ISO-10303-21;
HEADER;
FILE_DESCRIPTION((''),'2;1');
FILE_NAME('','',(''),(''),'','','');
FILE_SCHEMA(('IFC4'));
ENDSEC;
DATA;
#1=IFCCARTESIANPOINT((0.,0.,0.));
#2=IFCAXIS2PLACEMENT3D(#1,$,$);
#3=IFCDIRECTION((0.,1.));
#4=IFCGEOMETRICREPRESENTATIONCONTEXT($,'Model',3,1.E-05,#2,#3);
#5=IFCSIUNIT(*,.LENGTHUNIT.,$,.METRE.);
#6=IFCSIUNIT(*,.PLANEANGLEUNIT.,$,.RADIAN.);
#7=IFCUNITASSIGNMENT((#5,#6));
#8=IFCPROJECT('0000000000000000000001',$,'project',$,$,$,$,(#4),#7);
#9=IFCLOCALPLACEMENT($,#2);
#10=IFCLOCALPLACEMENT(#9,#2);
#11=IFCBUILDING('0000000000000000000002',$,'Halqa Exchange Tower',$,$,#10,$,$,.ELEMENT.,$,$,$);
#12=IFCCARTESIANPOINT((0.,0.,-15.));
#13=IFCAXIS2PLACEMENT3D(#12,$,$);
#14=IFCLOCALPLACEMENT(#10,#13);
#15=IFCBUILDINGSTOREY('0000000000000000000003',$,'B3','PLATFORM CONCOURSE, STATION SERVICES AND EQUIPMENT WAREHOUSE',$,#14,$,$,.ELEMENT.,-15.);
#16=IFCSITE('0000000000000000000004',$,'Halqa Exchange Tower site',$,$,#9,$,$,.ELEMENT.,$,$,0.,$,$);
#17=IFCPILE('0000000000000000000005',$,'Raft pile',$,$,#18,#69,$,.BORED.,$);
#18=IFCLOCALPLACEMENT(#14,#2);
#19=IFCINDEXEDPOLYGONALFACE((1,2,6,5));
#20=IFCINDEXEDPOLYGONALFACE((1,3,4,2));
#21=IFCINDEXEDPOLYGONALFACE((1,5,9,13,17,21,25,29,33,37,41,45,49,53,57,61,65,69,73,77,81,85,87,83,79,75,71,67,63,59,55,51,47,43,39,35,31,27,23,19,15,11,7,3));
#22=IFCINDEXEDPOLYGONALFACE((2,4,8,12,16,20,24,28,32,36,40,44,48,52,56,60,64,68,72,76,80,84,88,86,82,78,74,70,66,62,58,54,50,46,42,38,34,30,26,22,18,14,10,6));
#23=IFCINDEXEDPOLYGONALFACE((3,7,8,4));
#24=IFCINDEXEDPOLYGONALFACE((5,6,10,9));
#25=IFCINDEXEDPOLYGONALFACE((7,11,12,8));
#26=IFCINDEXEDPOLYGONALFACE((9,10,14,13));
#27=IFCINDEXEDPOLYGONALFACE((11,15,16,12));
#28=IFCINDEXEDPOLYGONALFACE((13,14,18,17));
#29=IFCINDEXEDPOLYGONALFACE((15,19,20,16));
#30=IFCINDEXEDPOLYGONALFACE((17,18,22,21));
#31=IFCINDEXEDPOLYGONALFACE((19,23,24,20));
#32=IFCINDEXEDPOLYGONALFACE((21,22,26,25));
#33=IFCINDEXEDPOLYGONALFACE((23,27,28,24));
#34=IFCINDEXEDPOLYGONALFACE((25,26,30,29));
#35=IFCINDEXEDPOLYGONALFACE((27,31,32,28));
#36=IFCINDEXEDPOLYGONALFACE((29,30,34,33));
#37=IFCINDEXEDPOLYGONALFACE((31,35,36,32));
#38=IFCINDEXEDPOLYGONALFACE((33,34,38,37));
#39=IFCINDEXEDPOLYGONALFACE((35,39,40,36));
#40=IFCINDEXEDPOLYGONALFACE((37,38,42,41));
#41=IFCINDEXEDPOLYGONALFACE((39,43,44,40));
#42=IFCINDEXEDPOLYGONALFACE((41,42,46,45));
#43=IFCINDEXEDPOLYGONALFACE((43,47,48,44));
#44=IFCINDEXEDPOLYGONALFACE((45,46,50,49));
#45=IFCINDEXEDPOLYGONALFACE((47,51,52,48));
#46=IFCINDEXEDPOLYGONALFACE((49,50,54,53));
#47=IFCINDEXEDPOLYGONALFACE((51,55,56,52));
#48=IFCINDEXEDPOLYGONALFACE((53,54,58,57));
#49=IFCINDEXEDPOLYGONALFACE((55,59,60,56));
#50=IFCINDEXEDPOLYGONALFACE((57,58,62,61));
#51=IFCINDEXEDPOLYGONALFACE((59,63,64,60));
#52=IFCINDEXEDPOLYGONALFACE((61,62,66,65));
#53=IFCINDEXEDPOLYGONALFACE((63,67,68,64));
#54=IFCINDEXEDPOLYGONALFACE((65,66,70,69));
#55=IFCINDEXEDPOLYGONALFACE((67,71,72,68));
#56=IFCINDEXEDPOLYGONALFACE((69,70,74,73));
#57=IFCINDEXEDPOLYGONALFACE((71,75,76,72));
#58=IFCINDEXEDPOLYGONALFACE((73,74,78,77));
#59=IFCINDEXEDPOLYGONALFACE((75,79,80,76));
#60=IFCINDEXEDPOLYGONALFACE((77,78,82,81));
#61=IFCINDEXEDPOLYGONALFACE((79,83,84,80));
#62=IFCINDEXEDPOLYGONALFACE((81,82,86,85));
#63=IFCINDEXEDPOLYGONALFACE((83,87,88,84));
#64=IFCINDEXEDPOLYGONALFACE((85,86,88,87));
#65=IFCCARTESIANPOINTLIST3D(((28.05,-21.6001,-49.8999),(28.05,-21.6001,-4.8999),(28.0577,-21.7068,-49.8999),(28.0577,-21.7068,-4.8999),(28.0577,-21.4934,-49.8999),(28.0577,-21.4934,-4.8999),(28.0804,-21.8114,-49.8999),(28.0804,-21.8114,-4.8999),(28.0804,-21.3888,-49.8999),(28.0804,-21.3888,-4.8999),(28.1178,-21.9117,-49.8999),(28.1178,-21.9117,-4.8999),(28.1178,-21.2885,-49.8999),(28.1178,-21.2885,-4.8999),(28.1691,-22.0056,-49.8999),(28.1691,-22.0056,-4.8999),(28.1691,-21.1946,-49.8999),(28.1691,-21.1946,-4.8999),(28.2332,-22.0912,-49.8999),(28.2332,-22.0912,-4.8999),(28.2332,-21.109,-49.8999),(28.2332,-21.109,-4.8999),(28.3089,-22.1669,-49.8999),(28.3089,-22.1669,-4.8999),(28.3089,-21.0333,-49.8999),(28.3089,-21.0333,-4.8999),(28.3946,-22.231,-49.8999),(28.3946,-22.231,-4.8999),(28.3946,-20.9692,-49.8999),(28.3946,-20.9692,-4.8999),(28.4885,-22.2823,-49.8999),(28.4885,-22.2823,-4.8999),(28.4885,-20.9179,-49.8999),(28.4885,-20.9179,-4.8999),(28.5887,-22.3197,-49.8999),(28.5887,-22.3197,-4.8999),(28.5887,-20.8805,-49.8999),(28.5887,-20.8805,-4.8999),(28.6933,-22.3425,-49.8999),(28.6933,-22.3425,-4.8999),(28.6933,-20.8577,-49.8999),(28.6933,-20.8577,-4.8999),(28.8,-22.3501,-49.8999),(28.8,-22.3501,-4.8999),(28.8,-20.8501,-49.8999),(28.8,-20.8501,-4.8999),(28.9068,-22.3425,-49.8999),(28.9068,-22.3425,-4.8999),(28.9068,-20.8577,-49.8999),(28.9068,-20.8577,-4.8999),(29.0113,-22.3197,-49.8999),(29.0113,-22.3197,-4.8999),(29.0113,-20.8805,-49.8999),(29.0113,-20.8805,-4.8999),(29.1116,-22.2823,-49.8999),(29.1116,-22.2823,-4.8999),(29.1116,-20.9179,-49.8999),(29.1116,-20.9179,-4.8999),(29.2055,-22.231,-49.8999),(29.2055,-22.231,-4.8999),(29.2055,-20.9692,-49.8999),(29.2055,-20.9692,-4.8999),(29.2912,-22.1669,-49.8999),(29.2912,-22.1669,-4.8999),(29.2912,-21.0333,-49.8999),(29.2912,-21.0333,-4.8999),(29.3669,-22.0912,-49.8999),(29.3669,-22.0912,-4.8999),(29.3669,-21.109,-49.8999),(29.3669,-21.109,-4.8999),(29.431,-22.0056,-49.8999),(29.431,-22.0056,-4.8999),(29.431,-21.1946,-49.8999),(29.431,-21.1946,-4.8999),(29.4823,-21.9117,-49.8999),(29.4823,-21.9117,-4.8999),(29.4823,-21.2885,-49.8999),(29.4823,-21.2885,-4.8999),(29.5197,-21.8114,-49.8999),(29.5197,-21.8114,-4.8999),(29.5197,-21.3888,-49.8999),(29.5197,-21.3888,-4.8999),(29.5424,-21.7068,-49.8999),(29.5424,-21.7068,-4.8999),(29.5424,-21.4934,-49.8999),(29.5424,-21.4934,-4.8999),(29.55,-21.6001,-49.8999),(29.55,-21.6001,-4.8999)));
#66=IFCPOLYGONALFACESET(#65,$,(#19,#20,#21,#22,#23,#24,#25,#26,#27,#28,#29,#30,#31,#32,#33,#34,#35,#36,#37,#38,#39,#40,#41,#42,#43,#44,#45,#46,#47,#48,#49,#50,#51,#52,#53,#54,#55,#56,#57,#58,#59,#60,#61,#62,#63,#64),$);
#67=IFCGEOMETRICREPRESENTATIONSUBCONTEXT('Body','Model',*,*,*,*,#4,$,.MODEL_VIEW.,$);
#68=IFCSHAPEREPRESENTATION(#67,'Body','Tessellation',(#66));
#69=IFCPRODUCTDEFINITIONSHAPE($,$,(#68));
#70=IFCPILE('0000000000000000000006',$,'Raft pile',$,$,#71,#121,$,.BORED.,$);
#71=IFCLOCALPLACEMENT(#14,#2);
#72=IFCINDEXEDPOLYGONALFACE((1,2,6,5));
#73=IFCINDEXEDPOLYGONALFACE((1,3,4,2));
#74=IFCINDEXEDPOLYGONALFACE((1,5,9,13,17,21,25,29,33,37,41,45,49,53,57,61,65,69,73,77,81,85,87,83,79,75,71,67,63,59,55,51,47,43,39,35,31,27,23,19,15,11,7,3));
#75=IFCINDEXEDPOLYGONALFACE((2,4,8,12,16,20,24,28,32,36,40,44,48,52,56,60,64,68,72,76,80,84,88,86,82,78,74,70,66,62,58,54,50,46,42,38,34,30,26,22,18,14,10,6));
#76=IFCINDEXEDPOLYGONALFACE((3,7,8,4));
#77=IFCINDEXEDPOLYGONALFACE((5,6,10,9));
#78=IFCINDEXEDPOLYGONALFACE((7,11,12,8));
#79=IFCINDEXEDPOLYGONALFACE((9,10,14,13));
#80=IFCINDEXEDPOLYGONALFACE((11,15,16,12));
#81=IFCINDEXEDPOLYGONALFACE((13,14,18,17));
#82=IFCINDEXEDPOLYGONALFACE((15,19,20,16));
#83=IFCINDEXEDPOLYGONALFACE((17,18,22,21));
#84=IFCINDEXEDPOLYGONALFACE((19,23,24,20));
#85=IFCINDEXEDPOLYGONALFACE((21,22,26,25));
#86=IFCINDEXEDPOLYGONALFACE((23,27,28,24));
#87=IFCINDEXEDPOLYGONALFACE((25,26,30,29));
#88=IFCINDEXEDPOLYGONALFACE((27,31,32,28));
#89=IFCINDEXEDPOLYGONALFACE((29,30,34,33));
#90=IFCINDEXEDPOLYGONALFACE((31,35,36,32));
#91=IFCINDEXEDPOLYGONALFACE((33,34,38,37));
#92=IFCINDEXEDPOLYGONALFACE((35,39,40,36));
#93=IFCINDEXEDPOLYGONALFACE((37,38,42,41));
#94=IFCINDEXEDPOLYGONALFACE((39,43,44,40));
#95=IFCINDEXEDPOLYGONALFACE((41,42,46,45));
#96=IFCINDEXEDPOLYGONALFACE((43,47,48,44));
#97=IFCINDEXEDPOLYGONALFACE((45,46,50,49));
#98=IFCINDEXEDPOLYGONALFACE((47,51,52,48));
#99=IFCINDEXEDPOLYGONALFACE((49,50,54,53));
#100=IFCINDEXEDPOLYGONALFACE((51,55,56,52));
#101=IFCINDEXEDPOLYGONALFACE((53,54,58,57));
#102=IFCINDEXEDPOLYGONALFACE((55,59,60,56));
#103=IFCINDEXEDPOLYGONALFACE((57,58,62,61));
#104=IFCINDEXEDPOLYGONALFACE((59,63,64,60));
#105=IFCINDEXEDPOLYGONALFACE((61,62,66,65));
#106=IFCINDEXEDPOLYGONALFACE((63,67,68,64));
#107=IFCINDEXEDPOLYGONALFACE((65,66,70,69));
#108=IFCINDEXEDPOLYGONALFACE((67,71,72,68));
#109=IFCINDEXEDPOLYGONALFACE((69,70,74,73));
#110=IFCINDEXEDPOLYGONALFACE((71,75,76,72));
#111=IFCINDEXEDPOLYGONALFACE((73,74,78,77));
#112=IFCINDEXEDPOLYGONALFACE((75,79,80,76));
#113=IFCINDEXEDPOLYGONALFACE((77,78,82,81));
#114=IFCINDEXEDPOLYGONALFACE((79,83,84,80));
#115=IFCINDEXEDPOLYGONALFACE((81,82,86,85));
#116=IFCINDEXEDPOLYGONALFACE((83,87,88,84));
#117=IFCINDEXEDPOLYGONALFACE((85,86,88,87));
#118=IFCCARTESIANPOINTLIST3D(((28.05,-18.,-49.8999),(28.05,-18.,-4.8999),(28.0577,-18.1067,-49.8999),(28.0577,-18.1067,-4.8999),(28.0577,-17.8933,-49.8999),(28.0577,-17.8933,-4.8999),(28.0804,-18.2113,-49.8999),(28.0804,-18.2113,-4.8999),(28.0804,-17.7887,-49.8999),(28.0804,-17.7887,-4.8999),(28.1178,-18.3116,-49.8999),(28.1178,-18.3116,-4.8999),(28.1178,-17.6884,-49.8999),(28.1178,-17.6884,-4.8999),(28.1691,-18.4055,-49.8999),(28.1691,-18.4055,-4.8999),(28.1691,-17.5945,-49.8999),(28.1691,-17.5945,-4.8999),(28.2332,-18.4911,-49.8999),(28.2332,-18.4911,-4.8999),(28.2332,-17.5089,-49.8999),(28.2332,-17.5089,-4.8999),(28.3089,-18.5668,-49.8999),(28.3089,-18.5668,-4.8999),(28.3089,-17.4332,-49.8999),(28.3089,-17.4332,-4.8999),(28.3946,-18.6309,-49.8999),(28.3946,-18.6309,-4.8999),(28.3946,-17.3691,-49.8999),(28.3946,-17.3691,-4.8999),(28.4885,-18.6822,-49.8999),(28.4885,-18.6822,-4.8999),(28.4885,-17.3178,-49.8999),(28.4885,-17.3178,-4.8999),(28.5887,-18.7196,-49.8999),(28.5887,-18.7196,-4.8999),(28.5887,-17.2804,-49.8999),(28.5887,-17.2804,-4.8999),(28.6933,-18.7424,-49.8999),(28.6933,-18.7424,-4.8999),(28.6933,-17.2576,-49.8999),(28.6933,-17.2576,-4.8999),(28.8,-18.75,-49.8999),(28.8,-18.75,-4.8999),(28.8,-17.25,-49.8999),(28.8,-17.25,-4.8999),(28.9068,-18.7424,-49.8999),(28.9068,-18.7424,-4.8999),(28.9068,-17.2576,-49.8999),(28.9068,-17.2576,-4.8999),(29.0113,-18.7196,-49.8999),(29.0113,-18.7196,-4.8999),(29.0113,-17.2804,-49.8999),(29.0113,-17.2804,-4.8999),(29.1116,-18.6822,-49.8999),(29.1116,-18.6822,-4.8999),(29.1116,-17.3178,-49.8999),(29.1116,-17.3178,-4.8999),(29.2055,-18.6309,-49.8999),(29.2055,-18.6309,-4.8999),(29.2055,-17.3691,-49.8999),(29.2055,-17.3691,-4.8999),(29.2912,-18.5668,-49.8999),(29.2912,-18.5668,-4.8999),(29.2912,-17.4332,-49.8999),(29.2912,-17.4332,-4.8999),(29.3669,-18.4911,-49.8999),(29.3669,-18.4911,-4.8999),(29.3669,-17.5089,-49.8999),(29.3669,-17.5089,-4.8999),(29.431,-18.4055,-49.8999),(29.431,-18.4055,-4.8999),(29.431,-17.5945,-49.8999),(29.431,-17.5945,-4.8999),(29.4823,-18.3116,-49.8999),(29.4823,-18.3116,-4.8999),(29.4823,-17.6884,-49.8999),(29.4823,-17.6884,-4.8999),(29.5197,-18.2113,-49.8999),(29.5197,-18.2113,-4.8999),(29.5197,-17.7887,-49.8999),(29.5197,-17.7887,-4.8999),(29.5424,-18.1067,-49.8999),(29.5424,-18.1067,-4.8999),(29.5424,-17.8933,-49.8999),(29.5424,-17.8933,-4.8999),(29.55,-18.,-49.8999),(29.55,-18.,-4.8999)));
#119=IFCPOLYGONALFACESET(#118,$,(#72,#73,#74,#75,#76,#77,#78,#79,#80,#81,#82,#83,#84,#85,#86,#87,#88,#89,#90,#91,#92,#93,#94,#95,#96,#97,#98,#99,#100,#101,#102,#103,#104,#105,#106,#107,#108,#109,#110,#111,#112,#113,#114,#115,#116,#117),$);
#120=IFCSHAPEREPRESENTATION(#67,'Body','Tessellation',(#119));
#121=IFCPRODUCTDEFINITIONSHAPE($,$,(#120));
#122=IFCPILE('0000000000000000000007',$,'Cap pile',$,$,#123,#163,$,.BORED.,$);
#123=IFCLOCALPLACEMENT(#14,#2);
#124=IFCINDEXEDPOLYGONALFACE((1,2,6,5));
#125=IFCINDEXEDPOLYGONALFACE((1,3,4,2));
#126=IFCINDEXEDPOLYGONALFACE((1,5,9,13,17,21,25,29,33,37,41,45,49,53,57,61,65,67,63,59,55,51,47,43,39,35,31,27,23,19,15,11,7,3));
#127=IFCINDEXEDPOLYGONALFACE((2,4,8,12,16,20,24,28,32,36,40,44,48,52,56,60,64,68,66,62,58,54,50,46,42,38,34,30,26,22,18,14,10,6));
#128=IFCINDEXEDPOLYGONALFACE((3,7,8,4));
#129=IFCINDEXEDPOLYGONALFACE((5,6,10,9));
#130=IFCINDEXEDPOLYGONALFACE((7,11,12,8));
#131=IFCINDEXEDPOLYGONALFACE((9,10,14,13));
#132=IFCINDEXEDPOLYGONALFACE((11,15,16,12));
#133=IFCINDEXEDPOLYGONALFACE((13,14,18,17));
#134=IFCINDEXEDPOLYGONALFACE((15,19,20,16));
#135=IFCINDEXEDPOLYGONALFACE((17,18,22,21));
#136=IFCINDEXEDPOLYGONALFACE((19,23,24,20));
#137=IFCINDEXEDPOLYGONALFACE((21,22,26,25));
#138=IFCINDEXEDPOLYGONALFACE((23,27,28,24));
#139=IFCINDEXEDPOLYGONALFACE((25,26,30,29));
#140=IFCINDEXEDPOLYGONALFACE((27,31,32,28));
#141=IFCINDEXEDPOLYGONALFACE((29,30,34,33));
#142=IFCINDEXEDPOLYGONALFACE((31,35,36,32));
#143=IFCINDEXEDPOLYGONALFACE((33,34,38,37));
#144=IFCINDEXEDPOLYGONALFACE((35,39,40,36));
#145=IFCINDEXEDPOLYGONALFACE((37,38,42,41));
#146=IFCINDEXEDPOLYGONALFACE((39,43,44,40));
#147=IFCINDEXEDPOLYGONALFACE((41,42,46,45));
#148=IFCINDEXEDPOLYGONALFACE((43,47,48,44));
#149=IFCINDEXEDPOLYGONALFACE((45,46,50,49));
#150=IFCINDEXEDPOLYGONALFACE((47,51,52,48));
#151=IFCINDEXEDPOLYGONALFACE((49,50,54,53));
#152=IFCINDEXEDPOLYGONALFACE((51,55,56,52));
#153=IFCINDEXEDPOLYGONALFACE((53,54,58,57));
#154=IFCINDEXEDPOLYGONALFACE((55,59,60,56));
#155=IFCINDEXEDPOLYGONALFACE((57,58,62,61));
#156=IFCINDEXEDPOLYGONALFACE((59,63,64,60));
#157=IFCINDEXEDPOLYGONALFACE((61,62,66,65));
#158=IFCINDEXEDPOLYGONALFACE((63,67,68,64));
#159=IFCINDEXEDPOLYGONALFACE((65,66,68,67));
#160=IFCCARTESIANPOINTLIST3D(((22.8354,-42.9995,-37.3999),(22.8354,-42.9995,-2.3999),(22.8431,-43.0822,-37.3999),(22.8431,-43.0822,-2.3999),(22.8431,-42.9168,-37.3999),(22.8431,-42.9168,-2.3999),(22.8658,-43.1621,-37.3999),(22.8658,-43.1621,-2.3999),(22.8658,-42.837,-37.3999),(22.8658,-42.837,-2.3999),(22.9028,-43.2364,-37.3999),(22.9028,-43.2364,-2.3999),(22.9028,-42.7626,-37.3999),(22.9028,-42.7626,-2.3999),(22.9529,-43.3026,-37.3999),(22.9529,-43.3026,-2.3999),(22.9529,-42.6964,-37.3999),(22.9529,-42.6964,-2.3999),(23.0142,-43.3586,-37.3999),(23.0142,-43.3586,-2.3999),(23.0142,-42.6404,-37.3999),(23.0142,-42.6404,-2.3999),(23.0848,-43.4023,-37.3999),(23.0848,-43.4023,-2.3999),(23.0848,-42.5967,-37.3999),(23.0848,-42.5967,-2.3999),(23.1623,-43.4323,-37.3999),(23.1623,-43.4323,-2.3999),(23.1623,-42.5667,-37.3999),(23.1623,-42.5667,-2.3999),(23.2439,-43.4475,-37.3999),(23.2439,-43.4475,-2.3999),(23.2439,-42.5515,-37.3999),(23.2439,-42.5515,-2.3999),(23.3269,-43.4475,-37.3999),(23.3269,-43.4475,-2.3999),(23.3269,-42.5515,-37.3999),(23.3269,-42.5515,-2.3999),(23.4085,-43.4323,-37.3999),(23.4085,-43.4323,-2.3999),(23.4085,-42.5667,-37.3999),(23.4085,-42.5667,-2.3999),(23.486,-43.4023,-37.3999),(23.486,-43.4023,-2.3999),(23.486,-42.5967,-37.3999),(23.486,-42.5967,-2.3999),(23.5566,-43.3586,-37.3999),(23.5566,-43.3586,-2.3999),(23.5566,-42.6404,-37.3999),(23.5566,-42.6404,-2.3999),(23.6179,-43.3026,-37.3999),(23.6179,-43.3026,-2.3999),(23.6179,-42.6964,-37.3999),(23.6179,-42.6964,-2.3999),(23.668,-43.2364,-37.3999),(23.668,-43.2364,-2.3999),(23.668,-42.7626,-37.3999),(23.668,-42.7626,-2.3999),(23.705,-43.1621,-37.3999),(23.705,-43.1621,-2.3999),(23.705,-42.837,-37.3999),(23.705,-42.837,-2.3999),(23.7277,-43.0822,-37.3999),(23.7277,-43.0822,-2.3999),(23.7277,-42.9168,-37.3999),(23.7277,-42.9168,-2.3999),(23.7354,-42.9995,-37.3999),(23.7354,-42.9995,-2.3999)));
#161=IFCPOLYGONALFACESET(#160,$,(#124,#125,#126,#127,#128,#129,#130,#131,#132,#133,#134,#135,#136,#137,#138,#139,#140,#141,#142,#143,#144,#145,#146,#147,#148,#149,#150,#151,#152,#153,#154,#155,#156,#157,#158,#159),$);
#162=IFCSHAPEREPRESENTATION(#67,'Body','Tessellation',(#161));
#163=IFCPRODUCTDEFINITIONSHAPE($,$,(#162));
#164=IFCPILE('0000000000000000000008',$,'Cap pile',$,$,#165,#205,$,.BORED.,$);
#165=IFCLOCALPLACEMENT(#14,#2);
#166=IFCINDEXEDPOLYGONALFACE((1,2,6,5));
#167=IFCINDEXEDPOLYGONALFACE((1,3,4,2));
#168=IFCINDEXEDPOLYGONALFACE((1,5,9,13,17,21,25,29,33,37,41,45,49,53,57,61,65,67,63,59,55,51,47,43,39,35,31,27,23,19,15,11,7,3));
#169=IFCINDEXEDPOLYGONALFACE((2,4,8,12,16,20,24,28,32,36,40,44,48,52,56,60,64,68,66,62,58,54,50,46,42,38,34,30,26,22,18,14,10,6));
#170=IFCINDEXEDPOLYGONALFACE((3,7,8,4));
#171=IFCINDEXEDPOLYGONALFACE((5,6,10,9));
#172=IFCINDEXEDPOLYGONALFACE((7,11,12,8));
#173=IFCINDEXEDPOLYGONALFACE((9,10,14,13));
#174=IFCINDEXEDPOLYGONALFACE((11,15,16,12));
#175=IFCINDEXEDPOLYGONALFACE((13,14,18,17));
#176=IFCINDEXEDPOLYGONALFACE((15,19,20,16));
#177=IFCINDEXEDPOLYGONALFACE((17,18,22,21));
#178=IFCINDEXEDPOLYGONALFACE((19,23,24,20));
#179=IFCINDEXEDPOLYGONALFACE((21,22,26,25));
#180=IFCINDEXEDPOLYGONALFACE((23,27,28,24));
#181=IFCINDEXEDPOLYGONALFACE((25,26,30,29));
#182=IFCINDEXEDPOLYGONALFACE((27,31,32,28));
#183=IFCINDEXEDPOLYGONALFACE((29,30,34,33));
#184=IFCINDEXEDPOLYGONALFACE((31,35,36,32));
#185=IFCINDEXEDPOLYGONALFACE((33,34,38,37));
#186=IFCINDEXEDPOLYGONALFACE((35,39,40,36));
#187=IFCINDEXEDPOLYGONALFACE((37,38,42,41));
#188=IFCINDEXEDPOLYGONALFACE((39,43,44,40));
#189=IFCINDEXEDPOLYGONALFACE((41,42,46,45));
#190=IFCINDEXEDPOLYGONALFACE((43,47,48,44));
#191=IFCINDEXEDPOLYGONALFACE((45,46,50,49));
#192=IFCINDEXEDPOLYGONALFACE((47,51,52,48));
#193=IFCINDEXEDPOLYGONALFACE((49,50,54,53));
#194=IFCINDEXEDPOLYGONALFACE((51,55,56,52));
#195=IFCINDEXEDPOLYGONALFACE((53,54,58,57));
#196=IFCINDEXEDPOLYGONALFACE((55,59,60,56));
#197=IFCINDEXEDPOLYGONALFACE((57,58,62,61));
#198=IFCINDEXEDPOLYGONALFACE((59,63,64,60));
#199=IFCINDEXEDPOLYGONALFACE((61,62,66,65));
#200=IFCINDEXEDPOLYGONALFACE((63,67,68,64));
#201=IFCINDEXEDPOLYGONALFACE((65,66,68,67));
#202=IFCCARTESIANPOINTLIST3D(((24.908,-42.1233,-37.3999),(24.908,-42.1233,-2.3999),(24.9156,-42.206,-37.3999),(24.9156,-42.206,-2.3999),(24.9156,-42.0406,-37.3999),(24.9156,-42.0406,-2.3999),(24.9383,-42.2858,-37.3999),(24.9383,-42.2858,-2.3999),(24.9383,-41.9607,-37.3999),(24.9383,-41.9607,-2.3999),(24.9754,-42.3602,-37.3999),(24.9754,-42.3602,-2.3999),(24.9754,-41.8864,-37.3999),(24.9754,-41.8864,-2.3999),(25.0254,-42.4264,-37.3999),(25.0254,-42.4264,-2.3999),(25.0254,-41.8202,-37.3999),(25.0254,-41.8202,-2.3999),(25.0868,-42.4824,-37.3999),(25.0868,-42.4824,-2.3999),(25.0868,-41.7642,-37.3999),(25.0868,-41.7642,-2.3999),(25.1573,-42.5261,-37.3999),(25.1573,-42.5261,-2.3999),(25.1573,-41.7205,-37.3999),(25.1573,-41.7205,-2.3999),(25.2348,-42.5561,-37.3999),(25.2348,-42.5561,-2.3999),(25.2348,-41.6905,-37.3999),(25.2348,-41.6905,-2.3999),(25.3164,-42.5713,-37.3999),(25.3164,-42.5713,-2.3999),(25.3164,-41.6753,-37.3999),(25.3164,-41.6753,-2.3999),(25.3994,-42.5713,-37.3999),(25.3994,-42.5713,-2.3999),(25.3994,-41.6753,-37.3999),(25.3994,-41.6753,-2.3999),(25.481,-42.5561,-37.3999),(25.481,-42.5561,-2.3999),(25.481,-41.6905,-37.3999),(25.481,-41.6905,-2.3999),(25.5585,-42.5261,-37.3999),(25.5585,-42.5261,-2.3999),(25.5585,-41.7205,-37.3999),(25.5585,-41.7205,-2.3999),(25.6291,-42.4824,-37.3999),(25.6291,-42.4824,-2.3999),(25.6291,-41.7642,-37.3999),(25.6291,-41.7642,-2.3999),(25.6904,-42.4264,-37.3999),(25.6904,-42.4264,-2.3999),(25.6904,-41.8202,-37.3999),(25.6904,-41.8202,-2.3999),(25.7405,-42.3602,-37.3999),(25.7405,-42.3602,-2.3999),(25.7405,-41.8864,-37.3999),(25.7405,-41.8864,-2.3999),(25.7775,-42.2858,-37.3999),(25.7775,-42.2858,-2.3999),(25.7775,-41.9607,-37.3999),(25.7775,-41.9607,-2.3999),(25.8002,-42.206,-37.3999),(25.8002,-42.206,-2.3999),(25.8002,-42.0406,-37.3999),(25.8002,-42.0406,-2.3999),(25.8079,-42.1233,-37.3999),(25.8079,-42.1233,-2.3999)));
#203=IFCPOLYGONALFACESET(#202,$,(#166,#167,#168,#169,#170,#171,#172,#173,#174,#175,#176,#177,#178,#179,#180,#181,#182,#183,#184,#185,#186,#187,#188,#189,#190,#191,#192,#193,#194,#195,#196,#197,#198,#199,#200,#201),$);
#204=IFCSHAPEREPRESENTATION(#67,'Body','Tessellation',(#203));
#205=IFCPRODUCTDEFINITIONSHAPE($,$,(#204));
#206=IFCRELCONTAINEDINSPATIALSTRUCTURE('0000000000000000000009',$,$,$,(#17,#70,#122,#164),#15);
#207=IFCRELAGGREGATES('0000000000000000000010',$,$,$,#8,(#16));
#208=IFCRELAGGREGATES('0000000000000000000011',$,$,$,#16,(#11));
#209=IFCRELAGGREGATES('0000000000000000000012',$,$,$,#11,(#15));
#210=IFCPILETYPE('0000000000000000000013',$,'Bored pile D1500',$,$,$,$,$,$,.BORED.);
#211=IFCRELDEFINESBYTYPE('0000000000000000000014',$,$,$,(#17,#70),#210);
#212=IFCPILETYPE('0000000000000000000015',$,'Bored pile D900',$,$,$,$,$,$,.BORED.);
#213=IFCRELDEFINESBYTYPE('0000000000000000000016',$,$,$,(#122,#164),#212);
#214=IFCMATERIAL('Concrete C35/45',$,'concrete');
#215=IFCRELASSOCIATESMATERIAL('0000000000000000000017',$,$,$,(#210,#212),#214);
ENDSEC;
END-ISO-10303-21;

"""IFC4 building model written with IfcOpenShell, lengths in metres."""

from ifc_helpers import new_model, si_unit, direction, frame, origin, origin_2d, place, context, subcontext, project, spatial, circle, extrude, material, material_profile, profile_set, type_object, element, save


model = new_model("IFC4")

# Units and contexts
model_context = context("Model", 3, precision=1e-05, world=origin(), true_north=direction((0.0, 1.0)))
body_context = subcontext(model_context, "Body", "Model", "MODEL_VIEW")
ifc_project = project(units=[si_unit("LENGTHUNIT", "METRE"), si_unit("PLANEANGLEUNIT", "RADIAN")], contexts=[model_context])

# Site, building, storey
site_placement = place(None, origin())
site = spatial("IfcSite", under=ifc_project, at=site_placement, Name="Halqa Exchange Tower site", CompositionType="ELEMENT", RefElevation=0.0)
building_placement = place(site_placement, origin())
building = spatial("IfcBuilding", under=site, at=building_placement, Name="Halqa Exchange Tower", CompositionType="ELEMENT")
storey_placement = place(building_placement, frame((0.0, 0.0, -15.0)))
storey = spatial("IfcBuildingStorey", under=building, at=storey_placement, Name="B3", Description="PLATFORM CONCOURSE, STATION SERVICES AND EQUIPMENT WAREHOUSE", CompositionType="ELEMENT", Elevation=-15.0)

# Piles
ifc_material_1 = material(Name="Concrete C35/45", Category="concrete")
ifc_material_profile_1 = material_profile(ifc_material_1, circle(Radius=0.75, at=origin_2d()), Name="D1500")
ifc_profile_set_1 = profile_set([ifc_material_profile_1], Name="Concrete C35/45")
pile_type_1 = type_object("IfcPileType", Name="Bored pile D1500", PredefinedType="BORED", material=ifc_profile_set_1)
for number, where, z_axis, x_axis, name in (
    (1, (28.8, -21.6001, -4.8999), (0.0, 0.0, -1.0), (1.0, 0.0, 0.0), "Raft pile"),
    (2, (28.8, -18.0, -4.8999), (0.0, 0.0, -1.0), (1.0, 0.0, 0.0), "Raft pile"),
):
    element("IfcPile", number, at=place(storey_placement, frame(where, z_axis=z_axis, x_axis=x_axis)), inside=storey, type_object=pile_type_1, Name=name, PredefinedType="BORED", context=body_context, shape_type="SweptSolid", body=[
        extrude(circle(Radius=0.75, at=origin_2d()), origin(), (0.0, 0.0, 1.0), 45.0),
    ])
ifc_material_profile_2 = material_profile(ifc_material_1, circle(Radius=0.45, at=origin_2d()), Name="D900")
ifc_profile_set_2 = profile_set([ifc_material_profile_2], Name="Concrete C35/45")
pile_type_2 = type_object("IfcPileType", Name="Bored pile D900", PredefinedType="BORED", material=ifc_profile_set_2)
for number, where, z_axis, x_axis, name in (
    (3, (23.2854, -42.9995, -2.3999), (0.0, 0.0, -1.0), (1.0, 0.0, 0.0), "Cap pile"),
    (4, (25.3579, -42.1233, -2.3999), (0.0, 0.0, -1.0), (1.0, 0.0, 0.0), "Cap pile"),
):
    element("IfcPile", number, at=place(storey_placement, frame(where, z_axis=z_axis, x_axis=x_axis)), inside=storey, type_object=pile_type_2, Name=name, PredefinedType="BORED", context=body_context, shape_type="SweptSolid", body=[
        extrude(circle(Radius=0.45, at=origin_2d()), origin(), (0.0, 0.0, 1.0), 35.0),
    ])

save(model, "model.ifc")
